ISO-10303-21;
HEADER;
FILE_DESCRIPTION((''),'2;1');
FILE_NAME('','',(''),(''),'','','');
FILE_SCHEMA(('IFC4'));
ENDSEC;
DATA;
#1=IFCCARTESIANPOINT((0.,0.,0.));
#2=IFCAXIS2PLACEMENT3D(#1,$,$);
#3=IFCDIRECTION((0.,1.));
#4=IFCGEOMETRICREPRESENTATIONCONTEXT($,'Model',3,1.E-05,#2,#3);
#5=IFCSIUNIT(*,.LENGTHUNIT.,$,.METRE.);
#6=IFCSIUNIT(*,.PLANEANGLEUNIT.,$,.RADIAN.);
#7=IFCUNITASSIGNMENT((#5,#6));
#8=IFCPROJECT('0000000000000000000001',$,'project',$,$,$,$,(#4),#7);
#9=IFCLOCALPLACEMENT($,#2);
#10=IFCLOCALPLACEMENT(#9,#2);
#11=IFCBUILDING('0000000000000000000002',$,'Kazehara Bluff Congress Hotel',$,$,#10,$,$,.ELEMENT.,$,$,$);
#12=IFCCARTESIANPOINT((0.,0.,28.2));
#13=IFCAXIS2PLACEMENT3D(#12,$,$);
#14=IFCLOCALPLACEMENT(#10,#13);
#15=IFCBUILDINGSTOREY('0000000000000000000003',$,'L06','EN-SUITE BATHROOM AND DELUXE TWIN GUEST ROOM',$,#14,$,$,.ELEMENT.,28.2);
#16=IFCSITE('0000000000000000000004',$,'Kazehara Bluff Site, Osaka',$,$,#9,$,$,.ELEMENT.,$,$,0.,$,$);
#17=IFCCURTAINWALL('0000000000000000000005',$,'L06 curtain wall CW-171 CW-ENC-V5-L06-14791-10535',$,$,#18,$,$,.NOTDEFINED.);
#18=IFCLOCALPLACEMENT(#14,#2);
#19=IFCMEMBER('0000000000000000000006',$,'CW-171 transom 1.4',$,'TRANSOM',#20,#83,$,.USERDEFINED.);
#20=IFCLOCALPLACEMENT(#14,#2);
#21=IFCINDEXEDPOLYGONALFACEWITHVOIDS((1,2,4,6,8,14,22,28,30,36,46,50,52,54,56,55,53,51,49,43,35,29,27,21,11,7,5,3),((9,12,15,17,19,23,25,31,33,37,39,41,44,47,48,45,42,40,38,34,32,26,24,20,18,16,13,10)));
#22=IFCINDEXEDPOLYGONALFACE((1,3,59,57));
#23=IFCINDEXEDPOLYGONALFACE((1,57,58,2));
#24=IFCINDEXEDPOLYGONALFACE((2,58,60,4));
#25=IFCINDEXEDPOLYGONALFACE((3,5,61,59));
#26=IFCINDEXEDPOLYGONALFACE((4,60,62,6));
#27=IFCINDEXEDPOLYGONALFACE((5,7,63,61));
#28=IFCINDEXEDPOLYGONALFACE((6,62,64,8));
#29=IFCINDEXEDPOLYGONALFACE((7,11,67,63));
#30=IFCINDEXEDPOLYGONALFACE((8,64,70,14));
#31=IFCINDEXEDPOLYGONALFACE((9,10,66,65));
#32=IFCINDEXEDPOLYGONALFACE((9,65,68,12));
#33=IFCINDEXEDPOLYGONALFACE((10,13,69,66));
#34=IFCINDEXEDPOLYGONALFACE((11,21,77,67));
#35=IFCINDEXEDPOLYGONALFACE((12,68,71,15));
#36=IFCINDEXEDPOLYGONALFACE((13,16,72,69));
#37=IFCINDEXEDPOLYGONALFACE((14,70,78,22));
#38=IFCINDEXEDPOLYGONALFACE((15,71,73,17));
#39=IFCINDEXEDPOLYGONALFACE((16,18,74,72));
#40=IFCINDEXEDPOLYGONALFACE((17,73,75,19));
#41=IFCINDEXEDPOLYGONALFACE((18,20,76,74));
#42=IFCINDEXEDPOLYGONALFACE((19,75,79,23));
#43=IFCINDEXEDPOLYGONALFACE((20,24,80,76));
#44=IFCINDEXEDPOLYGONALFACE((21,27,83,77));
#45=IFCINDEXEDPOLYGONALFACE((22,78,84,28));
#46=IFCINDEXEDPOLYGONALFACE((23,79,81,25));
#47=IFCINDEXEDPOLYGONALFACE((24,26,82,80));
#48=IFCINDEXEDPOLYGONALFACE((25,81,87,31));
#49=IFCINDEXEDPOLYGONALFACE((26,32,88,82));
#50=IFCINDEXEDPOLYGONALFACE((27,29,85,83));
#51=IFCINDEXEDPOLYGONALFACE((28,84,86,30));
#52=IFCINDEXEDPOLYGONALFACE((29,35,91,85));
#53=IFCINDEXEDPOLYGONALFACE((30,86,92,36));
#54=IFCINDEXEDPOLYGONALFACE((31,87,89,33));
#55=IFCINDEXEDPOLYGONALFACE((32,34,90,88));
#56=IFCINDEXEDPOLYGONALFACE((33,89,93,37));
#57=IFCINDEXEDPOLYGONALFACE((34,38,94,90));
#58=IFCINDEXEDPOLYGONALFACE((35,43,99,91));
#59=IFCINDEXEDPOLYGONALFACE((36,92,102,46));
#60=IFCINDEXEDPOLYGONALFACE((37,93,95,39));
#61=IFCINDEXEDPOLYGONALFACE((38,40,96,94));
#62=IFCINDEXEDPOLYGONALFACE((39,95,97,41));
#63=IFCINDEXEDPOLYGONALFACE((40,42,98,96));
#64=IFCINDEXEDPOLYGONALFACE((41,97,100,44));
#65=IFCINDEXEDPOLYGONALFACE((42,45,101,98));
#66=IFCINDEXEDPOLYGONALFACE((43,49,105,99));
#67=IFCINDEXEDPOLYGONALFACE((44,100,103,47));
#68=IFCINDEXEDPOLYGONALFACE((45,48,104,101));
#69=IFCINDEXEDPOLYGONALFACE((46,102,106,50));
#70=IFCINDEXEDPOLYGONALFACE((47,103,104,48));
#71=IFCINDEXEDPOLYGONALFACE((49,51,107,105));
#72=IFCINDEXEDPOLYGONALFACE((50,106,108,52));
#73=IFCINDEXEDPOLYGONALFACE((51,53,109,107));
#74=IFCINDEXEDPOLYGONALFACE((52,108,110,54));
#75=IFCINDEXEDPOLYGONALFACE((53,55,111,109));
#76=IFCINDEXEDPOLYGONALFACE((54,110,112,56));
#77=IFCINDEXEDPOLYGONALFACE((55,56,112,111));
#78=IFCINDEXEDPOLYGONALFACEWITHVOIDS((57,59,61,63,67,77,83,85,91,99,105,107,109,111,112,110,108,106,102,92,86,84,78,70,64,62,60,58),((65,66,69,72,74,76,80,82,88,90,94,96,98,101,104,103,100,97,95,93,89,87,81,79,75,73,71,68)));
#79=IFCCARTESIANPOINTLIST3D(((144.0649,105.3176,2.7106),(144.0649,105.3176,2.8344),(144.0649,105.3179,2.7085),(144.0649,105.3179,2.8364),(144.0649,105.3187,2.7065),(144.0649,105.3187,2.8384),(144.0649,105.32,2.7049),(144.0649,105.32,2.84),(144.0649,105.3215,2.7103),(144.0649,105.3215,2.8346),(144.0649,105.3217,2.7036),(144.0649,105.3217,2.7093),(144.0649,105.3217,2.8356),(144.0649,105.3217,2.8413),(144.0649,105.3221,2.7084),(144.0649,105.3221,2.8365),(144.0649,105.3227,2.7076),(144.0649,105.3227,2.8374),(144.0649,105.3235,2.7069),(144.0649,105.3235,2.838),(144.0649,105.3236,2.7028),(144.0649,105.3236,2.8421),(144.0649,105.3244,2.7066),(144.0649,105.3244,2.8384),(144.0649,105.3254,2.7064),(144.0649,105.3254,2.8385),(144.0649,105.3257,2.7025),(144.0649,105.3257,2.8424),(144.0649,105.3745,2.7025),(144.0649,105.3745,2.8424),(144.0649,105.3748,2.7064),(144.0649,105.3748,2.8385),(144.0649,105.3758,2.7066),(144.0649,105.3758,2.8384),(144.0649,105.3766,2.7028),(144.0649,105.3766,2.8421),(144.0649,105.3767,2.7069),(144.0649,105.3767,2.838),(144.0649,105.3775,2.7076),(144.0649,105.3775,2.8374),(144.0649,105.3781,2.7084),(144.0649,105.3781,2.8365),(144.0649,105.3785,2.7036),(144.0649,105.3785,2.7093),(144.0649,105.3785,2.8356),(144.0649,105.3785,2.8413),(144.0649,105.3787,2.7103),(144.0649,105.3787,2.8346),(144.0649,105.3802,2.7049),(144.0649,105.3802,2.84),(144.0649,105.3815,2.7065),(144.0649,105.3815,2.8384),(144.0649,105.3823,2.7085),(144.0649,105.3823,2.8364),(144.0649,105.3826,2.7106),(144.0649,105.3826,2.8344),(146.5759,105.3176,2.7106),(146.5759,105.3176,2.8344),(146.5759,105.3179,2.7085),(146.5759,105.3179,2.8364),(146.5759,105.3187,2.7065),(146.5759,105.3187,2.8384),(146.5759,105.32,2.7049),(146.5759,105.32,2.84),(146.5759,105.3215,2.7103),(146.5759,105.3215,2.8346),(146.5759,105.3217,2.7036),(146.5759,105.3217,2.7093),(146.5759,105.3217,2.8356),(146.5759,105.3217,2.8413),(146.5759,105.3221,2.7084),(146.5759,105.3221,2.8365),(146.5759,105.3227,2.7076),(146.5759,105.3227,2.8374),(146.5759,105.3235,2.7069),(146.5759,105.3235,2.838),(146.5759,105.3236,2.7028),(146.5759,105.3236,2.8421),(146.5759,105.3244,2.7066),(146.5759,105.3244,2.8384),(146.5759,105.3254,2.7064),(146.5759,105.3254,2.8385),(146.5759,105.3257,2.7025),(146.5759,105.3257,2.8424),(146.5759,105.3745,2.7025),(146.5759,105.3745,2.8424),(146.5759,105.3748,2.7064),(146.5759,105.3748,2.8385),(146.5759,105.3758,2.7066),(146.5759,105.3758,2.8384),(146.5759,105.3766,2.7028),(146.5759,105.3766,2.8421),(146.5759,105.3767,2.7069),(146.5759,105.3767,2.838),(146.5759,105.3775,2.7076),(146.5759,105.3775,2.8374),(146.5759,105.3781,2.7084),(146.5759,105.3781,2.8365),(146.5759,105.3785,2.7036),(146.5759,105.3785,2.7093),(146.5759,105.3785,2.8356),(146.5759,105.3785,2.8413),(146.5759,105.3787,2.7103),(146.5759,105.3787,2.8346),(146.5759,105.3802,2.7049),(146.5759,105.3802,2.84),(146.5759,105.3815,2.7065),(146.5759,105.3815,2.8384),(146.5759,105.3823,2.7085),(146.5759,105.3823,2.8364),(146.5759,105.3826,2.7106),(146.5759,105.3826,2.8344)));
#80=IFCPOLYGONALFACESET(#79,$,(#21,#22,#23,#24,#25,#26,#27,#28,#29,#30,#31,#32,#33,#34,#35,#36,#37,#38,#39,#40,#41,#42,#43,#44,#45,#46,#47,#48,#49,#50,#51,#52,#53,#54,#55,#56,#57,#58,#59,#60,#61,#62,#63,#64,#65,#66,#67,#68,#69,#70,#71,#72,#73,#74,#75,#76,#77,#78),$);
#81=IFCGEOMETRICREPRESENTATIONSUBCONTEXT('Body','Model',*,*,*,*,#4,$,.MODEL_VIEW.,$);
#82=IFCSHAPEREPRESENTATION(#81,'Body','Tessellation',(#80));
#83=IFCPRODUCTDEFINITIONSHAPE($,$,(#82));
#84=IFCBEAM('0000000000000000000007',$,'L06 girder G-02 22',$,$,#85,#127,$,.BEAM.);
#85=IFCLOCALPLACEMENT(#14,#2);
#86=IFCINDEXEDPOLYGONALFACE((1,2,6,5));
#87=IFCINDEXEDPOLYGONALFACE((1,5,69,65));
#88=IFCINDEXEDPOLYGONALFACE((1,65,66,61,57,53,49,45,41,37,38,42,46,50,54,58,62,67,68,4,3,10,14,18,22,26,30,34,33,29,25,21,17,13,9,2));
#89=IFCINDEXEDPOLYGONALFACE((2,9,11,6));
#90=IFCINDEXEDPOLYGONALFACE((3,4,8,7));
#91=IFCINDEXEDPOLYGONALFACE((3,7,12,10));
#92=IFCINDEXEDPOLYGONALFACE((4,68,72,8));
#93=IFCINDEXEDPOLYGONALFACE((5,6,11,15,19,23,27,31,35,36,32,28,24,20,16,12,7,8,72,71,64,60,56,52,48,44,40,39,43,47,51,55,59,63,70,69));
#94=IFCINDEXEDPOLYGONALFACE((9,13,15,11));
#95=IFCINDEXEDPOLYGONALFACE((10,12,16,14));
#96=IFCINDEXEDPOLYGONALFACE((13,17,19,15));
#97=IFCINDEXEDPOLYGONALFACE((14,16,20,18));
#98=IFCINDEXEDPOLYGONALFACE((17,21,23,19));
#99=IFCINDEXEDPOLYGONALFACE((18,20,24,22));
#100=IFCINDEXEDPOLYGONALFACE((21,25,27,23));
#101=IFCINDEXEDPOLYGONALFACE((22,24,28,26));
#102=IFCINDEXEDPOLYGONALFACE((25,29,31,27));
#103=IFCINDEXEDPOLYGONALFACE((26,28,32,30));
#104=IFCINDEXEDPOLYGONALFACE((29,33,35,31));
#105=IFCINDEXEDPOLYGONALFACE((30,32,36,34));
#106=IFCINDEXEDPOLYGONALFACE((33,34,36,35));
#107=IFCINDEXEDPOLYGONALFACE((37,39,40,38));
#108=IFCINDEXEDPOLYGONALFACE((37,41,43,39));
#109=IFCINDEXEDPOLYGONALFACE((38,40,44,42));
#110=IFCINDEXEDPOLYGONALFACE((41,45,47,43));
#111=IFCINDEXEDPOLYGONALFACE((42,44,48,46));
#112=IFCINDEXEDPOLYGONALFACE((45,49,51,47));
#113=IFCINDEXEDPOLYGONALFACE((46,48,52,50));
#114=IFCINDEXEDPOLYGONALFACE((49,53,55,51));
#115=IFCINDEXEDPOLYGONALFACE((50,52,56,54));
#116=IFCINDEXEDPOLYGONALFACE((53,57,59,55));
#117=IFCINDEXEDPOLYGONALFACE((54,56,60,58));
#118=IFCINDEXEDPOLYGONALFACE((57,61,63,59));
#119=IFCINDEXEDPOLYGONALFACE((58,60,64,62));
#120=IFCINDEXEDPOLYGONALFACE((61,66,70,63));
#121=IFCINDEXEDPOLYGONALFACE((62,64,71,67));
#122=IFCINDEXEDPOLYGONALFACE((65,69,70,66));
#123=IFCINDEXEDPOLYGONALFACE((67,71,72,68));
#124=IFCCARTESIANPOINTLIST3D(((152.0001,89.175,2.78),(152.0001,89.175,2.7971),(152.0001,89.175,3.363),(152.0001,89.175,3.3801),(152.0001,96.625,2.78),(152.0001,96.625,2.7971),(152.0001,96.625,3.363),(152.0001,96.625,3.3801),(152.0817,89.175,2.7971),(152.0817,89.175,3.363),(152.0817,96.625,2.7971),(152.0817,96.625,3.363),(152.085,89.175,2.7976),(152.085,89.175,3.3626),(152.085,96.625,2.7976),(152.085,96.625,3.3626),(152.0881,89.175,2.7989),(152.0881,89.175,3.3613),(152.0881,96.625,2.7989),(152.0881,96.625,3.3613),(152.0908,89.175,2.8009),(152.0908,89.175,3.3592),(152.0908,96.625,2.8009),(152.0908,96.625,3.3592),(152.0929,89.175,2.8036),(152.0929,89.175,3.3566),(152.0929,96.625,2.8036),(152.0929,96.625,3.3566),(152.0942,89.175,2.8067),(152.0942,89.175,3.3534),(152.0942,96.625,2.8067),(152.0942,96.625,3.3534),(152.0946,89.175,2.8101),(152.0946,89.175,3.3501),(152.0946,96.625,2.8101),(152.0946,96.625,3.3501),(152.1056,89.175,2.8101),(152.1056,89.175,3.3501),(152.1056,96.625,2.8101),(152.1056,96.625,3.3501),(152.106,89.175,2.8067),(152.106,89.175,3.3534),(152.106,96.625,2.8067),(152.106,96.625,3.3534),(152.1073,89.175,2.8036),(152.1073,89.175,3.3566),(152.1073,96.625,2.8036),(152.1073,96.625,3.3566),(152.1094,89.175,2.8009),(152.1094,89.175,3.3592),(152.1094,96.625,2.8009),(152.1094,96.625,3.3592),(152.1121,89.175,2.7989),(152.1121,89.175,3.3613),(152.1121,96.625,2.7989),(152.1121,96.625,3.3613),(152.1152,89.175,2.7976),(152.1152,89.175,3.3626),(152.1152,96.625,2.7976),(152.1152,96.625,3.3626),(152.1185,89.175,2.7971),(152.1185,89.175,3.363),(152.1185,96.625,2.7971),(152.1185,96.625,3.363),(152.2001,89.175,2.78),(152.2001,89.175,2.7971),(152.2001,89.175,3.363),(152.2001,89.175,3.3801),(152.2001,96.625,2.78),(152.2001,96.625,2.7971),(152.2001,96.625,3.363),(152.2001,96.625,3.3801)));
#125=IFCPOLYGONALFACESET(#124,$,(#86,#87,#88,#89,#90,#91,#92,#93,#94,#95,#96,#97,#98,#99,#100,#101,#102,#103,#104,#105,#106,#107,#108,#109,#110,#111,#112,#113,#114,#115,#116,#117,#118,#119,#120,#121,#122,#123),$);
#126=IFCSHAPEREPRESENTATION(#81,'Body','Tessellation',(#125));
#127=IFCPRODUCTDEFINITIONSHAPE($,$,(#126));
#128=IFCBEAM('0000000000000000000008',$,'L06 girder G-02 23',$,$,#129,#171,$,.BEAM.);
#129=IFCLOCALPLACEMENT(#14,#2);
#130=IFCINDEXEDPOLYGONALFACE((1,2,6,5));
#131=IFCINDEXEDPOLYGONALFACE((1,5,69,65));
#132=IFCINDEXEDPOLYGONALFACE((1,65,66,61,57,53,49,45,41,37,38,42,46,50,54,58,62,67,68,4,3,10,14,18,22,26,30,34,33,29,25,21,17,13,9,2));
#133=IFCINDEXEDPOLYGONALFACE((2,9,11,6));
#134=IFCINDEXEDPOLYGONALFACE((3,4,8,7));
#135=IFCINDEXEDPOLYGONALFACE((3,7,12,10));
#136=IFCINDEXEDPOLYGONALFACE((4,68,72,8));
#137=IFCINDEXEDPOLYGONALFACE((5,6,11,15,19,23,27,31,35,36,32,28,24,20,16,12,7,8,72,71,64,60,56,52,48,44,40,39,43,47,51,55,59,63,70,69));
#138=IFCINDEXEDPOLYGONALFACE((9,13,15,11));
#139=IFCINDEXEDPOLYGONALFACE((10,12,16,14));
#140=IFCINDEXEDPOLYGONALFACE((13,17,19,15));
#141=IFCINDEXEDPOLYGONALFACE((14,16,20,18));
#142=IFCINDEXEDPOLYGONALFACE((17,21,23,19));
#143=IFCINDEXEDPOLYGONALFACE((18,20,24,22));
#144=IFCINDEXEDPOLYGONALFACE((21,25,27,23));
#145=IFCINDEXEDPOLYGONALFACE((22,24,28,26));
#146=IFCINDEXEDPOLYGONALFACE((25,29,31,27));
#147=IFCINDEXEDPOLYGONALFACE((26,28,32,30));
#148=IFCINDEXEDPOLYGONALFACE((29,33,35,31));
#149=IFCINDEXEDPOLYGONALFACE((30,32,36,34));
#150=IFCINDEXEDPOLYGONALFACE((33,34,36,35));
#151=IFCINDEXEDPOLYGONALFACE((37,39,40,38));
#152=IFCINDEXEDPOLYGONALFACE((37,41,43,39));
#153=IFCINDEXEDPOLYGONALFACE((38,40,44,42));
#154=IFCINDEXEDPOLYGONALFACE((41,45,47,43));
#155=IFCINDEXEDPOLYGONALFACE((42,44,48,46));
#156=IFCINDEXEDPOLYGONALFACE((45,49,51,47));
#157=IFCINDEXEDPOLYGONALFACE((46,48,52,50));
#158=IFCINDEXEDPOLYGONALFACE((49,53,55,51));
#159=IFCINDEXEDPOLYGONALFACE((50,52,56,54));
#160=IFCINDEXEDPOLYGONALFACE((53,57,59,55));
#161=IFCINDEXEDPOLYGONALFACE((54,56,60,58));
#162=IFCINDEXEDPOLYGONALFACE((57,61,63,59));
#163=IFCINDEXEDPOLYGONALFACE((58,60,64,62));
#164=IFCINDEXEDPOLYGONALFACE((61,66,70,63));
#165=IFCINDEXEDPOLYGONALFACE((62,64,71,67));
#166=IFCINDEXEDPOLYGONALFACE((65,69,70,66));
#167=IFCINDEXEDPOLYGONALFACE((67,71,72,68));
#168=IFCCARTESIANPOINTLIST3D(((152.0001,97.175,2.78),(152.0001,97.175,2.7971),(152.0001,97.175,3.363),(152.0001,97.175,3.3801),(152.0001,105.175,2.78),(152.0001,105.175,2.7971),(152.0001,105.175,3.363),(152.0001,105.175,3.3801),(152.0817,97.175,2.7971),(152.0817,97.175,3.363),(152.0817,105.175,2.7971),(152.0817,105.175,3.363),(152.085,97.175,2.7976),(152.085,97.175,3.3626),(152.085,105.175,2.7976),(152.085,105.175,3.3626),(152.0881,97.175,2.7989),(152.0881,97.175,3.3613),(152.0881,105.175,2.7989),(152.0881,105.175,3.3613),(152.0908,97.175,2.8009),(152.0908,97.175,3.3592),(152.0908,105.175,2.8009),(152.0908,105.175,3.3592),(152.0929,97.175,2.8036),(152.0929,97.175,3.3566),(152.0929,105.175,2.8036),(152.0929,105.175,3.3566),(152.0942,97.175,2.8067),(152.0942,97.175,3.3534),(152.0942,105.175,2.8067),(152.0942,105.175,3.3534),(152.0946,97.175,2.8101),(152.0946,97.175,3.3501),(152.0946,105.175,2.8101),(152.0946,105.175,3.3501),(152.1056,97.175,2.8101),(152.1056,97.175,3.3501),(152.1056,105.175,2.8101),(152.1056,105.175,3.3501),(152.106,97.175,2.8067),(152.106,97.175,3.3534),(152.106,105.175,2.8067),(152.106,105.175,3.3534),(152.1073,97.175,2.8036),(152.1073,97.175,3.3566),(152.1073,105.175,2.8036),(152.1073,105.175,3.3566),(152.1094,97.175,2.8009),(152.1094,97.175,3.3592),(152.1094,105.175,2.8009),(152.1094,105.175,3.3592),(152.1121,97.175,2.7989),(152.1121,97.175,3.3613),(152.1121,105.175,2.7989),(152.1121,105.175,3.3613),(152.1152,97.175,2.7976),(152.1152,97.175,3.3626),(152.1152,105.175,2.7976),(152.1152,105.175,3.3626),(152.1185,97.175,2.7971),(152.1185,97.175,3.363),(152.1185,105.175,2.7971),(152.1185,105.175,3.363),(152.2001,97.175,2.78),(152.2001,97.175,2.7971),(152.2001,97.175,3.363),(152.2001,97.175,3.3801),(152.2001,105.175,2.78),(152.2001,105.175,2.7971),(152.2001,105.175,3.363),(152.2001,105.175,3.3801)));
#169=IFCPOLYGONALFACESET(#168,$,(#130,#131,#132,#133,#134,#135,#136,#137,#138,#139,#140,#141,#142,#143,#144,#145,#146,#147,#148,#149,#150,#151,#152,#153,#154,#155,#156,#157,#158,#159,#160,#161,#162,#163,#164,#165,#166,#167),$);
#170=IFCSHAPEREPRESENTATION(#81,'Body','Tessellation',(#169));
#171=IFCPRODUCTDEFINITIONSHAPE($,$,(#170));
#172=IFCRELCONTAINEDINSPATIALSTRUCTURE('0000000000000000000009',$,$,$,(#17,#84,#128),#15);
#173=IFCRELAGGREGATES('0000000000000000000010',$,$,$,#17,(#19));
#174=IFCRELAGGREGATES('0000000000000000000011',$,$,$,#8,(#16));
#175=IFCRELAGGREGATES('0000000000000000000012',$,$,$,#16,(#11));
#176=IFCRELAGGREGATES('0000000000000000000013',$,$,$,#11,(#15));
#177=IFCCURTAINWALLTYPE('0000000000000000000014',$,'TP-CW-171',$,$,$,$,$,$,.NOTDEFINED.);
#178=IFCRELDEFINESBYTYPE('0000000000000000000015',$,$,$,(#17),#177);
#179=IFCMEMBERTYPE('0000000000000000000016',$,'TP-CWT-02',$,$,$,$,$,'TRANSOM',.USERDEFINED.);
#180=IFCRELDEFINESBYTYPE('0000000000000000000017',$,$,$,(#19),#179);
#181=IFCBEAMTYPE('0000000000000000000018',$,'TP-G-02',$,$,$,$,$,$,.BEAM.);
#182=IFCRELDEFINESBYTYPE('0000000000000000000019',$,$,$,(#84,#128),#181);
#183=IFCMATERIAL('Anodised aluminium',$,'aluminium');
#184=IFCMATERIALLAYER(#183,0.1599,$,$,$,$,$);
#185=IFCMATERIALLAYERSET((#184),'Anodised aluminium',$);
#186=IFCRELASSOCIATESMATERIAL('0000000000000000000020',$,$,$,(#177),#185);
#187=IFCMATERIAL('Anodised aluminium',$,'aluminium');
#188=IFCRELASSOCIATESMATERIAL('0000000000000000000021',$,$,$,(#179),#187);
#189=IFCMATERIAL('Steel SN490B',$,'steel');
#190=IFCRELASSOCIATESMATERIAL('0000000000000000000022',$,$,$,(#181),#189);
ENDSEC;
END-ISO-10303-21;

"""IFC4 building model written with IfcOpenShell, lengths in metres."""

from ifc_helpers import new_model, si_unit, direction, frame, origin, origin_2d, place, context, subcontext, project, spatial, hollow_rectangle, i_section, extrude, material, layer, layer_set, material_profile, profile_set, type_object, element, aggregate, save


model = new_model("IFC4")

# Units and contexts
model_context = context("Model", 3, precision=1e-05, world=origin(), true_north=direction((0.0, 1.0)))
body_context = subcontext(model_context, "Body", "Model", "MODEL_VIEW")
ifc_project = project(units=[si_unit("LENGTHUNIT", "METRE"), si_unit("PLANEANGLEUNIT", "RADIAN")], contexts=[model_context])

# Site, building, storey
site_placement = place(None, origin())
site = spatial("IfcSite", under=ifc_project, at=site_placement, Name="Kazehara Bluff Site, Osaka", CompositionType="ELEMENT", RefElevation=0.0)
building_placement = place(site_placement, origin())
building = spatial("IfcBuilding", under=site, at=building_placement, Name="Kazehara Bluff Congress Hotel", CompositionType="ELEMENT")
storey_placement = place(building_placement, frame((0.0, 0.0, 28.2)))
storey = spatial("IfcBuildingStorey", under=building, at=storey_placement, Name="L06", Description="EN-SUITE BATHROOM AND DELUXE TWIN GUEST ROOM", CompositionType="ELEMENT", Elevation=28.2)

# Curtain wall, member
ifc_material_1 = material(Name="Anodised aluminium", Category="aluminium")
ifc_layer_1 = layer(ifc_material_1, 0.1599)
ifc_layer_set_1 = layer_set([ifc_layer_1], Name="Anodised aluminium")
curtain_wall_type = type_object("IfcCurtainWallType", Name="TP-CW-171", PredefinedType="NOTDEFINED", material=ifc_layer_set_1)
curtain_wall_placement = place(storey_placement, origin())
curtain_wall = element("IfcCurtainWall", 1, at=curtain_wall_placement, inside=storey, type_object=curtain_wall_type, Name="L06 curtain wall CW-171 CW-ENC-V5-L06-14791-10535", PredefinedType="NOTDEFINED")
ifc_material_2 = material(Name="Anodised aluminium", Category="aluminium")
ifc_material_profile_1 = material_profile(ifc_material_2, hollow_rectangle(XDim=0.0649, YDim=0.1399, WallThickness=0.0039, InnerFilletRadius=0.0039, OuterFilletRadius=0.0081, at=origin_2d()))
ifc_profile_set_1 = profile_set([ifc_material_profile_1], Name="Anodised aluminium")
member_type_1 = type_object("IfcMemberType", Name="TP-CWT-02", ElementType="TRANSOM", PredefinedType="USERDEFINED", material=ifc_profile_set_1)
member_1_placement = place(storey_placement, frame((144.0649, 105.3501, 2.7725), z_axis=(1.0, 0.0, 0.0), x_axis=(0.0, 1.0, 0.0)))
member_1 = element("IfcMember", 2, at=member_1_placement, type_object=member_type_1, Name="CW-171 transom 1.4", ObjectType="TRANSOM", PredefinedType="USERDEFINED", context=body_context, shape_type="SweptSolid", body=[
    extrude(hollow_rectangle(XDim=0.0649, YDim=0.1399, WallThickness=0.0039, InnerFilletRadius=0.0039, OuterFilletRadius=0.0081, at=origin_2d()), origin(), (0.0, 0.0, 1.0), 2.511),
])

# Beams
ifc_material_3 = material(Name="Steel SN490B", Category="steel")
ifc_material_profile_2 = material_profile(ifc_material_3, i_section(OverallWidth=0.2, OverallDepth=0.6001, WebThickness=0.011, FlangeThickness=0.0171, FilletRadius=0.0129, at=origin_2d()))
ifc_profile_set_2 = profile_set([ifc_material_profile_2], Name="Steel SN490B")
beam_type_1 = type_object("IfcBeamType", Name="TP-G-02", PredefinedType="BEAM", material=ifc_profile_set_2)
beam_1_placement = place(storey_placement, frame((152.1001, 89.175, 3.0801), z_axis=(0.0, 1.0, 0.0), x_axis=(-1.0, 0.0, 0.0)))
element("IfcBeam", 3, at=beam_1_placement, inside=storey, type_object=beam_type_1, Name="L06 girder G-02 22", PredefinedType="BEAM", context=body_context, shape_type="SweptSolid", body=[
    extrude(i_section(OverallWidth=0.2, OverallDepth=0.6001, WebThickness=0.011, FlangeThickness=0.0171, FilletRadius=0.0129, at=origin_2d()), origin(), (0.0, 0.0, 1.0), 7.45),
])
beam_2_placement = place(storey_placement, frame((152.1001, 97.175, 3.0801), z_axis=(0.0, 1.0, 0.0), x_axis=(-1.0, 0.0, 0.0)))
element("IfcBeam", 4, at=beam_2_placement, inside=storey, type_object=beam_type_1, Name="L06 girder G-02 23", PredefinedType="BEAM", context=body_context, shape_type="SweptSolid", body=[
    extrude(i_section(OverallWidth=0.2, OverallDepth=0.6001, WebThickness=0.011, FlangeThickness=0.0171, FilletRadius=0.0129, at=origin_2d()), origin(), (0.0, 0.0, 1.0), 8.0),
])

aggregate(curtain_wall, [member_1])

save(model, "model.ifc")
